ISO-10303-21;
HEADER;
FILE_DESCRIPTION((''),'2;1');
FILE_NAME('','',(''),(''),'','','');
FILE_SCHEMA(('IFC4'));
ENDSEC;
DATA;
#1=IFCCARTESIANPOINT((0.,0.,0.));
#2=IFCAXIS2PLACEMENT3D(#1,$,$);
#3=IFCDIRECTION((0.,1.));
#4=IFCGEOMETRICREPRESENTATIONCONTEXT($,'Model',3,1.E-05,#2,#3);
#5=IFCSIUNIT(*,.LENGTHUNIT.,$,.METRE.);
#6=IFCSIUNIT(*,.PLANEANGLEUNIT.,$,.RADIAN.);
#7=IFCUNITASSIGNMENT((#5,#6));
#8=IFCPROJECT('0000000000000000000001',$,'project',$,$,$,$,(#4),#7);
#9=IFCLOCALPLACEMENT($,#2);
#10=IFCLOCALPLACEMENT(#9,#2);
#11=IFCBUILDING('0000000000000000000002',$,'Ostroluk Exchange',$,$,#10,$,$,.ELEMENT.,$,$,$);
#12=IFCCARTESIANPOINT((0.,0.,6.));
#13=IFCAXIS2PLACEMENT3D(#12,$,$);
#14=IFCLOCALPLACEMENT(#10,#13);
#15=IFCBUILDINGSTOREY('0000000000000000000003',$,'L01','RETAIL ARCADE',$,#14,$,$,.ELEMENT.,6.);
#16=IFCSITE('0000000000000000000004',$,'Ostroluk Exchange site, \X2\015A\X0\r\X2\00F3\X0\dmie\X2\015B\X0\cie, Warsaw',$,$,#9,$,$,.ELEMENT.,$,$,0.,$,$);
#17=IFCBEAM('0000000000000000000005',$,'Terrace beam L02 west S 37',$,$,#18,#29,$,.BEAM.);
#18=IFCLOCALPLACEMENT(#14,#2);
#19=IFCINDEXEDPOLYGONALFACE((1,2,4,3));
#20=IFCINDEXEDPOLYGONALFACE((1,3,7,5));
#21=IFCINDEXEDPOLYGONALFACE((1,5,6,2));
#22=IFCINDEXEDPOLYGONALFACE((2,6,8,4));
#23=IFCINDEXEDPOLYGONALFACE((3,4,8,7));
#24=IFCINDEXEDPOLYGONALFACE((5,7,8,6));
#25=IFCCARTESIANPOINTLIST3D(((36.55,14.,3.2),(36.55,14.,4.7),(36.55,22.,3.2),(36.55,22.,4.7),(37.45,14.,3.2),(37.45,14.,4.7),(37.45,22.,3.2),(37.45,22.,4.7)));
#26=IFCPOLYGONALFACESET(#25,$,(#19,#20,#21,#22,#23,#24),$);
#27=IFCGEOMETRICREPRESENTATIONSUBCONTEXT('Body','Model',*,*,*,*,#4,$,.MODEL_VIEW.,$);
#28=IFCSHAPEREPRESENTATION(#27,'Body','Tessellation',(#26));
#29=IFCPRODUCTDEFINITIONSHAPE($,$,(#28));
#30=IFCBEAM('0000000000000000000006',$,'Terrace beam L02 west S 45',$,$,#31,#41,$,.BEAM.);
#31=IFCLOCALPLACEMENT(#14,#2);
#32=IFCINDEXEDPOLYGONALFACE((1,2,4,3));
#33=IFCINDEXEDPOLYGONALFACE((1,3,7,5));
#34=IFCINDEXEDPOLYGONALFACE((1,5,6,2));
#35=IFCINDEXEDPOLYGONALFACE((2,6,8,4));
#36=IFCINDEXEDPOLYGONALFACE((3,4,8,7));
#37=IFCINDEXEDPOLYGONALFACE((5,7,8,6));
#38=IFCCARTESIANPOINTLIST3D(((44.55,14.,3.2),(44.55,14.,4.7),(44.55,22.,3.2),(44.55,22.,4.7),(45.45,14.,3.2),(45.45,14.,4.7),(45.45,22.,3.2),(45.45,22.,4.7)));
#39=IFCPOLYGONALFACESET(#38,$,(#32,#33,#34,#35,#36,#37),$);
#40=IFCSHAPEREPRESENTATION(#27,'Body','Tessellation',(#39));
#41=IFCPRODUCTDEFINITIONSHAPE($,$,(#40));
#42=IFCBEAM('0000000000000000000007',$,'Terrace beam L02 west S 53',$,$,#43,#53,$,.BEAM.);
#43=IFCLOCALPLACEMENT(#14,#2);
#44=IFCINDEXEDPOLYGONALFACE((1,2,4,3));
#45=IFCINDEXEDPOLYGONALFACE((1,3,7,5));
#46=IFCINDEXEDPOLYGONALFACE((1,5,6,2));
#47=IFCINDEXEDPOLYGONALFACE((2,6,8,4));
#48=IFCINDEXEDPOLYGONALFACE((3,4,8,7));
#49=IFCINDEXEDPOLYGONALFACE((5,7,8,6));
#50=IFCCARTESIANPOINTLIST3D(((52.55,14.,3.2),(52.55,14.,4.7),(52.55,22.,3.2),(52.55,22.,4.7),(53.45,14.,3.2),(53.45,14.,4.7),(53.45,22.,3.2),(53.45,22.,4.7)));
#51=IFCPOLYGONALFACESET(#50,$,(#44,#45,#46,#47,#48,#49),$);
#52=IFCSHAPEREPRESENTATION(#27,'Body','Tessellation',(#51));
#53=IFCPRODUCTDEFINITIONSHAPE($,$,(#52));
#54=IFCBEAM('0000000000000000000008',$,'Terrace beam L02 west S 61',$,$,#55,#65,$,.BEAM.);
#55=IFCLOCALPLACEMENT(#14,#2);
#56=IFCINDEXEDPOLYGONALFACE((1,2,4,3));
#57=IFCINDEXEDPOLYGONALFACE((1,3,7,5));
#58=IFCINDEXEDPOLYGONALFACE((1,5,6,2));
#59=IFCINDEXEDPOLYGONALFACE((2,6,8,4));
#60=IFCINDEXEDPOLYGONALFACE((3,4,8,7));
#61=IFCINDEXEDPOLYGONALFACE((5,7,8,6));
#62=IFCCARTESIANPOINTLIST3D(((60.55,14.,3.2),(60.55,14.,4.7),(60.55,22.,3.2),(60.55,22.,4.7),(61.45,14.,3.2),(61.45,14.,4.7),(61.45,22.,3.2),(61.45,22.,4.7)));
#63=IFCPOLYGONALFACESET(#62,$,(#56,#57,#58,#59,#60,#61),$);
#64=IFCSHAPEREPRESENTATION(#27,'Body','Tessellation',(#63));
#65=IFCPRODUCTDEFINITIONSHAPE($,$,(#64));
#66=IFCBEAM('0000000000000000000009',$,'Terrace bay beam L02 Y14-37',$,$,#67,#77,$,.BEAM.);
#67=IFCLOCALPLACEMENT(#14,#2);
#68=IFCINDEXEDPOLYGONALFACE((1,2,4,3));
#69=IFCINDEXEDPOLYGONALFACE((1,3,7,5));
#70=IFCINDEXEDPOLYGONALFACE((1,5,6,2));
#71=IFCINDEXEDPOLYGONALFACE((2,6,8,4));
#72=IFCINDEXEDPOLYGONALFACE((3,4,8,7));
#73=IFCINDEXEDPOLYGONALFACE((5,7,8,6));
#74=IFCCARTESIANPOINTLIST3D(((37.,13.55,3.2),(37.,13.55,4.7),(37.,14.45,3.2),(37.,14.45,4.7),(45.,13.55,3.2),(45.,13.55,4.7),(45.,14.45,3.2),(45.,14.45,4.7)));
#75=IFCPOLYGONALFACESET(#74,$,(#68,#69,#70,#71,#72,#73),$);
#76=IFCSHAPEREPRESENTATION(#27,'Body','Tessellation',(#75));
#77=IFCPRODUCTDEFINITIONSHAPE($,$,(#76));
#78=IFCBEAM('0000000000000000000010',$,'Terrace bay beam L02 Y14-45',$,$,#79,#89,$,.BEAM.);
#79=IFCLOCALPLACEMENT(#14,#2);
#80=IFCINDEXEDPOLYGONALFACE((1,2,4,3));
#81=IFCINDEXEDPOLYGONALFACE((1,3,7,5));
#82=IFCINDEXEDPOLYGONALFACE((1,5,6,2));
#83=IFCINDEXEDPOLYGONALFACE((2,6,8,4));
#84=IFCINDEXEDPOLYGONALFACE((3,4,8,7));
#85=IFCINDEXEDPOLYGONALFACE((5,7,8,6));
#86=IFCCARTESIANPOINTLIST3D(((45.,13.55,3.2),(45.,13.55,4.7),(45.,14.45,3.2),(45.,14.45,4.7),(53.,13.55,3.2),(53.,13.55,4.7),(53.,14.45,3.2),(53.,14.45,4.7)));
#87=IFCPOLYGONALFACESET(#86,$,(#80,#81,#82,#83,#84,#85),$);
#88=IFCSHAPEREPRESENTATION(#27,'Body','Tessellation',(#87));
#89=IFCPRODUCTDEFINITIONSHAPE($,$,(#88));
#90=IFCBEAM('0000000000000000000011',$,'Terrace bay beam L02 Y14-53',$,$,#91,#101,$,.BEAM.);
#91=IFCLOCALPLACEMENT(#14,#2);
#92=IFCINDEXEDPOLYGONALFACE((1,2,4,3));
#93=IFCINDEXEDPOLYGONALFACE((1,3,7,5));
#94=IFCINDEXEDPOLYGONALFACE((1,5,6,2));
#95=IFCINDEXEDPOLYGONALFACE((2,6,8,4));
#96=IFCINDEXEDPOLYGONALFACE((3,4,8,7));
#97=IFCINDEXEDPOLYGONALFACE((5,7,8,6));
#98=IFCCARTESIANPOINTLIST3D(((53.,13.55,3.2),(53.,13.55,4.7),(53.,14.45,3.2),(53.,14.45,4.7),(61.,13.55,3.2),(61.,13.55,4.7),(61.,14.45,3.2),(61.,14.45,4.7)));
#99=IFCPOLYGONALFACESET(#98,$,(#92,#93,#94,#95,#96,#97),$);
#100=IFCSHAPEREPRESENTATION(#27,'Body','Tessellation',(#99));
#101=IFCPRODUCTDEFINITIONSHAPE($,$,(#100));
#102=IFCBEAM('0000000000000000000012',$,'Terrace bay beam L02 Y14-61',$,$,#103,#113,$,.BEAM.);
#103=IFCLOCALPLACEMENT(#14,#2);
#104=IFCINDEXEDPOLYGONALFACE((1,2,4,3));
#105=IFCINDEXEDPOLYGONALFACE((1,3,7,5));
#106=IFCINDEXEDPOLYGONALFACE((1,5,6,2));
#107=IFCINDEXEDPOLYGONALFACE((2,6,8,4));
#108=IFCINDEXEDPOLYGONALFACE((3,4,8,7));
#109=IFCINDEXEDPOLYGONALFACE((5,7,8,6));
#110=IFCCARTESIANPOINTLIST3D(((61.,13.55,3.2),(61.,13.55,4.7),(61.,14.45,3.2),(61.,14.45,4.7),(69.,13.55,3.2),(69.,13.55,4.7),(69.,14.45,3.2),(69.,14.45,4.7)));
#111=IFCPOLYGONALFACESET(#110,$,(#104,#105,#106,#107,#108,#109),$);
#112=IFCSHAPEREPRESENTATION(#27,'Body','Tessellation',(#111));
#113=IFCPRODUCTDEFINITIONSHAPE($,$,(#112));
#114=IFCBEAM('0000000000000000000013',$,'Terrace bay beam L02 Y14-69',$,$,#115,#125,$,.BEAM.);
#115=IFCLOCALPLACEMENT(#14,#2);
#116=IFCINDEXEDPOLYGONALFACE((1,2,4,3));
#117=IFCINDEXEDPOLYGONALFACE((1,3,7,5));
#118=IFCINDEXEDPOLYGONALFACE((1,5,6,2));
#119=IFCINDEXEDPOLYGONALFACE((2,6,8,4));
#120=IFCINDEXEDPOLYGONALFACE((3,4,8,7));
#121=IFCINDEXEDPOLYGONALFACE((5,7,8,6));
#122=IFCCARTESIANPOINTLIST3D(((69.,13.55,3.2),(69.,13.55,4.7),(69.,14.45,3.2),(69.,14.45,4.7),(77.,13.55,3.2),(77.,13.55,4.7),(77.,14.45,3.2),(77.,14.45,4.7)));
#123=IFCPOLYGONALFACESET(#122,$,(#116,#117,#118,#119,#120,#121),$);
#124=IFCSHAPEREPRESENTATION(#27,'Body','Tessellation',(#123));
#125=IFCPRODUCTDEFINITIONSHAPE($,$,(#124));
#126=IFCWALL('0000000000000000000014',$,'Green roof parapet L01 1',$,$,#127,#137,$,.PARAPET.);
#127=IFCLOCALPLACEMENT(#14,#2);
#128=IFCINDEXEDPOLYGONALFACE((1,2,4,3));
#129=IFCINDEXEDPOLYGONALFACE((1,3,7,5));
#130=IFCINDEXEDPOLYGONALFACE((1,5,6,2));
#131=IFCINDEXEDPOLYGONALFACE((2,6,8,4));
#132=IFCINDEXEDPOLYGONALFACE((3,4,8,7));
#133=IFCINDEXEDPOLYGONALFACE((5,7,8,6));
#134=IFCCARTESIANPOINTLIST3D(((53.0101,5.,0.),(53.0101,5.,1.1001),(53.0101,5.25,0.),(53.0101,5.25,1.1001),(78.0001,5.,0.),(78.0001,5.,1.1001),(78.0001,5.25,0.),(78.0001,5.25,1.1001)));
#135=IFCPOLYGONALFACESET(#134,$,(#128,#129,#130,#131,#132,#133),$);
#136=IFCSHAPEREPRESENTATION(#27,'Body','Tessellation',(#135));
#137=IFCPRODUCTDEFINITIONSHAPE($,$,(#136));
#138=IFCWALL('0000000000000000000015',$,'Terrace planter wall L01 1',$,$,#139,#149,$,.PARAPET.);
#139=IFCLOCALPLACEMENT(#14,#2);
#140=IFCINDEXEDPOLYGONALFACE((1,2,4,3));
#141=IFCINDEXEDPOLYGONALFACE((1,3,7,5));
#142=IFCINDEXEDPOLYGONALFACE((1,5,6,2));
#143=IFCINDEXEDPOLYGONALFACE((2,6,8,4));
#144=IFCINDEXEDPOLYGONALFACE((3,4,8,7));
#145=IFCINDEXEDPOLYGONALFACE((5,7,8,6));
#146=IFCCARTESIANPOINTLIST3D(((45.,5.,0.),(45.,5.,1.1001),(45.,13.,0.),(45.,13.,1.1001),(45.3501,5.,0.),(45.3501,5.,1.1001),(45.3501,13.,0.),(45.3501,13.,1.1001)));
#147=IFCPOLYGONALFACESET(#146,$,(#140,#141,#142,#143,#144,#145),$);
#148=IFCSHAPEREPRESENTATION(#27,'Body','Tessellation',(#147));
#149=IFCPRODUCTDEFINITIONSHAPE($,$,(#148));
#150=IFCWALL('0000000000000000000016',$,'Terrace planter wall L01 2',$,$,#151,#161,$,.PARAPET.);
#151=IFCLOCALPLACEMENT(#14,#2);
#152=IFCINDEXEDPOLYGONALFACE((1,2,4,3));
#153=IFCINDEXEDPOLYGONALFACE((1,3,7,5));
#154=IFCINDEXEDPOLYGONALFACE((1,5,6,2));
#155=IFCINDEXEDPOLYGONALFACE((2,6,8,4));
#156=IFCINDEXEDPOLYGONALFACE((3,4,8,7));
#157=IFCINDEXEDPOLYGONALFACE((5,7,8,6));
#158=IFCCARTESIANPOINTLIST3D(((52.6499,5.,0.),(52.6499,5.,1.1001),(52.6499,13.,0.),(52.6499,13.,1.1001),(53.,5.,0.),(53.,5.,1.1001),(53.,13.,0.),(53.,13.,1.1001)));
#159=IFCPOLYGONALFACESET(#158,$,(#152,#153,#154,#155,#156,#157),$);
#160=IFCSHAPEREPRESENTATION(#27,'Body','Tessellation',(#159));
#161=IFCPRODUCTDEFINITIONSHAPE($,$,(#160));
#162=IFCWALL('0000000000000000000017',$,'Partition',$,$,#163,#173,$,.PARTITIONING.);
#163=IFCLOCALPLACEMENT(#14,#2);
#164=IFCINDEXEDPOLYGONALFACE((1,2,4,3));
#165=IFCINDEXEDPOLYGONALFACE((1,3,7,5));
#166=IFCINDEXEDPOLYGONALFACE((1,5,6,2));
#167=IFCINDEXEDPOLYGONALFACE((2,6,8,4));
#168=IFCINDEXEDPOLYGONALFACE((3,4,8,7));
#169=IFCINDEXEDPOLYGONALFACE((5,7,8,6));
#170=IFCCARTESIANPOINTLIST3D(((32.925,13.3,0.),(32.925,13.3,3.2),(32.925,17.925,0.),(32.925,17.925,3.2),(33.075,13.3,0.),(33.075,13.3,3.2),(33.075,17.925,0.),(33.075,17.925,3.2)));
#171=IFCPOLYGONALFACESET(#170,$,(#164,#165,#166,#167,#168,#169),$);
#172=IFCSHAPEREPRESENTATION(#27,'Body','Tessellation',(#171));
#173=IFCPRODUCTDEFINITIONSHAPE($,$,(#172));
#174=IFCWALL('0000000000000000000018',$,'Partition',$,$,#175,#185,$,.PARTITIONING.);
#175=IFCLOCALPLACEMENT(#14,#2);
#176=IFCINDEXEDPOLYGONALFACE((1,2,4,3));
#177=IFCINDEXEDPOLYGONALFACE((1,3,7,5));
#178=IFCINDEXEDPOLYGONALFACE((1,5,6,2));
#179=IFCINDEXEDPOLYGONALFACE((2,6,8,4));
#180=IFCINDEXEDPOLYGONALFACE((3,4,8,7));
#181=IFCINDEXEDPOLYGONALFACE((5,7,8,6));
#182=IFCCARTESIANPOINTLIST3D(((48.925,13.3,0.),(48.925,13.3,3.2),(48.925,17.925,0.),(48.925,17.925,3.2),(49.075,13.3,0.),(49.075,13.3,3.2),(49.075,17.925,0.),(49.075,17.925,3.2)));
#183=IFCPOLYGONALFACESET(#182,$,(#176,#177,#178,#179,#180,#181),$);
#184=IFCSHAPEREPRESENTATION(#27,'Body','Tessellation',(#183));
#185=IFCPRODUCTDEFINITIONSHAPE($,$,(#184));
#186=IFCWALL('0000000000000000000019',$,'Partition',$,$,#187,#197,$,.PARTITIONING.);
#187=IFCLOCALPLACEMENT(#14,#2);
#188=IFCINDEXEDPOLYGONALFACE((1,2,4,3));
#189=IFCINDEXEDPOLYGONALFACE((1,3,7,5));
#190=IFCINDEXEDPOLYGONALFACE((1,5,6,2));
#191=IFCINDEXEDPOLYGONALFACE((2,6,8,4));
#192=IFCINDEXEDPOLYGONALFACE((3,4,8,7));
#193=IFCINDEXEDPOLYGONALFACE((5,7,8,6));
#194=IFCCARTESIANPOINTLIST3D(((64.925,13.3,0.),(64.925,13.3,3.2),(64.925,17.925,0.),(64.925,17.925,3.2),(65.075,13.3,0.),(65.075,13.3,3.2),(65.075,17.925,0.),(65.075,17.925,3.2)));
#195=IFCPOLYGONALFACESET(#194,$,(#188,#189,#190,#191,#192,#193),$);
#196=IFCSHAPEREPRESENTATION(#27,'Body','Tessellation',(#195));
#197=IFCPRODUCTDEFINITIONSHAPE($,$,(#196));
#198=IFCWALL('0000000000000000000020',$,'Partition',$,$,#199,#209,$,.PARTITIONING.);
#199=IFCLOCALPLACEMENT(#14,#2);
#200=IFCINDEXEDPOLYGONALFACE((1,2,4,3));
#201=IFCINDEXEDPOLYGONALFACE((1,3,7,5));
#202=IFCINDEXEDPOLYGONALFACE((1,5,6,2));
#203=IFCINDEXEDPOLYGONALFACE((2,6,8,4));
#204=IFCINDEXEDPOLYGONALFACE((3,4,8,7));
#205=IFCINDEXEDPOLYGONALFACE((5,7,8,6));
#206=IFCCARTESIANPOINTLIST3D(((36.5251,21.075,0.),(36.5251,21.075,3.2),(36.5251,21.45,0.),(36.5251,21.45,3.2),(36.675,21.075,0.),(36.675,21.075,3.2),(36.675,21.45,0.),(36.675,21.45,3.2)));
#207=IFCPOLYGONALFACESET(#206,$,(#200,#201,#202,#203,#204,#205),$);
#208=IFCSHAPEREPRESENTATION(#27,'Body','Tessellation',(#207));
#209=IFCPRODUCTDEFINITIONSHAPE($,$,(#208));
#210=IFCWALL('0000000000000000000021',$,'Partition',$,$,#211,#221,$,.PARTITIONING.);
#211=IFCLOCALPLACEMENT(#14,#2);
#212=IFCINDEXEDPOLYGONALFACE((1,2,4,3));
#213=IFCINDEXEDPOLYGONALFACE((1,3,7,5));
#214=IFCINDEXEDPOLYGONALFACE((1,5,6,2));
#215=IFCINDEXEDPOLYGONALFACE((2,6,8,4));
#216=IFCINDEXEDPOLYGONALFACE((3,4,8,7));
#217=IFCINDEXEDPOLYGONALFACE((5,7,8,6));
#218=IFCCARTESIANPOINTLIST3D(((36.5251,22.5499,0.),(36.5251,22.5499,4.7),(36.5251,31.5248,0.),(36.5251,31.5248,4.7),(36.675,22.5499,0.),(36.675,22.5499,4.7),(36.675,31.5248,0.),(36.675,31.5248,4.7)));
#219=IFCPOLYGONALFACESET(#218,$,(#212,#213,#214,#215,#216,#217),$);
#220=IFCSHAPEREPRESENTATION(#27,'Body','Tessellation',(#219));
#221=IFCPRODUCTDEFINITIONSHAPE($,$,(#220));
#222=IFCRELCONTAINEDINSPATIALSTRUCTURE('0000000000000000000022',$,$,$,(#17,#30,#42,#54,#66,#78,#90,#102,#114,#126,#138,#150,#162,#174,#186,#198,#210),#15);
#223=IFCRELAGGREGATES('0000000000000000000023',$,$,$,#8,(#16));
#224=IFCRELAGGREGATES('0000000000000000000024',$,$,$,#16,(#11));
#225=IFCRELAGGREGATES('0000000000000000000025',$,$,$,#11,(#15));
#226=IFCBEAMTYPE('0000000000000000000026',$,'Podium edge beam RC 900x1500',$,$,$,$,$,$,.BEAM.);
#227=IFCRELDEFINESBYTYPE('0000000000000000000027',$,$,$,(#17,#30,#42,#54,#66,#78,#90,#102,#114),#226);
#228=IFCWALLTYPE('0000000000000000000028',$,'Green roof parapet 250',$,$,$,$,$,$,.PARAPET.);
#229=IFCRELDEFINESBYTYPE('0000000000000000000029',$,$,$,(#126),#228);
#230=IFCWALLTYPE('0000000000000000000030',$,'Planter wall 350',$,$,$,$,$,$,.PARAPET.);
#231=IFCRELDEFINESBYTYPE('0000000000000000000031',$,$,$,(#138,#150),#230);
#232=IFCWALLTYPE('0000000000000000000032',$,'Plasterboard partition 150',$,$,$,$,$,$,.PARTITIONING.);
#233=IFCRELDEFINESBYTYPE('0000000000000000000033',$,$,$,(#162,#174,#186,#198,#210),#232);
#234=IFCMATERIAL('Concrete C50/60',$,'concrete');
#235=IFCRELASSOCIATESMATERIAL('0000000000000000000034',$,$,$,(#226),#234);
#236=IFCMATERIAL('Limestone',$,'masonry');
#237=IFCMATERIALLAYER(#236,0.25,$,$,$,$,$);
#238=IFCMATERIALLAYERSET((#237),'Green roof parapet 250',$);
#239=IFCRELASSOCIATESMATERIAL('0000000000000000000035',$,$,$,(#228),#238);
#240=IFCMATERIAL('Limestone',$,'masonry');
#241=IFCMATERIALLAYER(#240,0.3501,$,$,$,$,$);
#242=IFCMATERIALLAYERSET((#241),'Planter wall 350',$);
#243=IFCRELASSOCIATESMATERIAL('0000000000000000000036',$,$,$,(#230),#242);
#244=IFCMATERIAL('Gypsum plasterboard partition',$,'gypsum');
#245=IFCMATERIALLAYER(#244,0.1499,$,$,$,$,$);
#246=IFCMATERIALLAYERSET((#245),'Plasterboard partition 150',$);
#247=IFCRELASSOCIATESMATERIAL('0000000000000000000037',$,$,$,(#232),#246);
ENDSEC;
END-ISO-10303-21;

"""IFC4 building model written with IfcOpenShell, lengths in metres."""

from ifc_helpers import new_model, si_unit, direction, frame, frame_2d, origin, origin_2d, place, context, subcontext, project, spatial, rectangle, extrude, material, layer, layer_set, material_profile, profile_set, type_object, element, save


model = new_model("IFC4")

# Units and contexts
model_context = context("Model", 3, precision=1e-05, world=origin(), true_north=direction((0.0, 1.0)))
body_context = subcontext(model_context, "Body", "Model", "MODEL_VIEW")
ifc_project = project(units=[si_unit("LENGTHUNIT", "METRE"), si_unit("PLANEANGLEUNIT", "RADIAN")], contexts=[model_context])

# Site, building, storey
site_placement = place(None, origin())
site = spatial("IfcSite", under=ifc_project, at=site_placement, Name="Ostroluk Exchange site, Śródmieście, Warsaw", CompositionType="ELEMENT", RefElevation=0.0)
building_placement = place(site_placement, origin())
building = spatial("IfcBuilding", under=site, at=building_placement, Name="Ostroluk Exchange", CompositionType="ELEMENT")
storey_placement = place(building_placement, frame((0.0, 0.0, 6.0)))
storey = spatial("IfcBuildingStorey", under=building, at=storey_placement, Name="L01", Description="RETAIL ARCADE", CompositionType="ELEMENT", Elevation=6.0)

# Beams
ifc_material_1 = material(Name="Concrete C50/60", Category="concrete")
ifc_material_profile_1 = material_profile(ifc_material_1, rectangle(XDim=0.8999, YDim=1.5, at=origin_2d()), Name="RC 900x1500")
ifc_profile_set_1 = profile_set([ifc_material_profile_1], Name="Concrete C50/60")
beam_type_1 = type_object("IfcBeamType", Name="Podium edge beam RC 900x1500", PredefinedType="BEAM", material=ifc_profile_set_1)
for number, where, z_axis, x_axis, name in (
    (1, (37.0, 14.0, 3.95), (0.0, 1.0, 0.0), (-1.0, 0.0, 0.0), "Terrace beam L02 west S 37"),
    (2, (45.0, 14.0, 3.95), (0.0, 1.0, 0.0), (-1.0, 0.0, 0.0), "Terrace beam L02 west S 45"),
    (3, (53.0, 14.0, 3.95), (0.0, 1.0, 0.0), (-1.0, 0.0, 0.0), "Terrace beam L02 west S 53"),
    (4, (61.0, 14.0, 3.95), (0.0, 1.0, 0.0), (-1.0, 0.0, 0.0), "Terrace beam L02 west S 61"),
    (5, (37.0, 14.0, 3.95), (1.0, 0.0, 0.0), (0.0, 1.0, 0.0), "Terrace bay beam L02 Y14-37"),
    (6, (45.0, 14.0, 3.95), (1.0, 0.0, 0.0), (0.0, 1.0, 0.0), "Terrace bay beam L02 Y14-45"),
    (7, (53.0, 14.0, 3.95), (1.0, 0.0, 0.0), (0.0, 1.0, 0.0), "Terrace bay beam L02 Y14-53"),
    (8, (61.0, 14.0, 3.95), (1.0, 0.0, 0.0), (0.0, 1.0, 0.0), "Terrace bay beam L02 Y14-61"),
    (9, (69.0, 14.0, 3.95), (1.0, 0.0, 0.0), (0.0, 1.0, 0.0), "Terrace bay beam L02 Y14-69"),
):
    element("IfcBeam", number, at=place(storey_placement, frame(where, z_axis=z_axis, x_axis=x_axis)), inside=storey, type_object=beam_type_1, Name=name, PredefinedType="BEAM", context=body_context, shape_type="SweptSolid", body=[
        extrude(rectangle(XDim=0.8999, YDim=1.5, at=origin_2d()), origin(), (0.0, 0.0, 1.0), 8.0),
    ])

# Walls
ifc_material_2 = material(Name="Limestone", Category="masonry")
ifc_layer_1 = layer(ifc_material_2, 0.25)
ifc_layer_set_1 = layer_set([ifc_layer_1], Name="Green roof parapet 250")
wall_type_1 = type_object("IfcWallType", Name="Green roof parapet 250", PredefinedType="PARAPET", material=ifc_layer_set_1)
wall_1_placement = place(storey_placement, frame((53.01, 5.125, 0.0), z_axis=(0.0, 0.0, 1.0), x_axis=(1.0, 0.0, 0.0)))
element("IfcWall", 10, at=wall_1_placement, inside=storey, type_object=wall_type_1, Name="Green roof parapet L01 1", PredefinedType="PARAPET", context=body_context, shape_type="SweptSolid", body=[
    extrude(rectangle(XDim=24.99, YDim=0.25, at=frame_2d((12.4951, 0.0))), origin(), (0.0, 0.0, 1.0), 1.1001),
])
ifc_material_3 = material(Name="Limestone", Category="masonry")
ifc_layer_2 = layer(ifc_material_3, 0.3501)
ifc_layer_set_2 = layer_set([ifc_layer_2], Name="Planter wall 350")
wall_type_2 = type_object("IfcWallType", Name="Planter wall 350", PredefinedType="PARAPET", material=ifc_layer_set_2)
for number, where, z_axis, x_axis, name in (
    (11, (45.175, 5.0, 0.0), (0.0, 0.0, 1.0), (0.0, 1.0, 0.0), "Terrace planter wall L01 1"),
    (12, (52.825, 5.0, 0.0), (0.0, 0.0, 1.0), (0.0, 1.0, 0.0), "Terrace planter wall L01 2"),
):
    element("IfcWall", number, at=place(storey_placement, frame(where, z_axis=z_axis, x_axis=x_axis)), inside=storey, type_object=wall_type_2, Name=name, PredefinedType="PARAPET", context=body_context, shape_type="SweptSolid", body=[
        extrude(rectangle(XDim=8.0, YDim=0.3501, at=frame_2d((4.0, 0.0))), origin(), (0.0, 0.0, 1.0), 1.1001),
    ])
ifc_material_4 = material(Name="Gypsum plasterboard partition", Category="gypsum")
ifc_layer_3 = layer(ifc_material_4, 0.1499)
ifc_layer_set_3 = layer_set([ifc_layer_3], Name="Plasterboard partition 150")
wall_type_3 = type_object("IfcWallType", Name="Plasterboard partition 150", PredefinedType="PARTITIONING", material=ifc_layer_set_3)
for number, where, z_axis, x_axis, name in (
    (13, (33.0, 17.925, 0.0), (0.0, 0.0, 1.0), (0.0, -1.0, 0.0), "Partition"),
    (14, (49.0, 17.925, 0.0), (0.0, 0.0, 1.0), (0.0, -1.0, 0.0), "Partition"),
    (15, (65.0, 17.925, 0.0), (0.0, 0.0, 1.0), (0.0, -1.0, 0.0), "Partition"),
):
    element("IfcWall", number, at=place(storey_placement, frame(where, z_axis=z_axis, x_axis=x_axis)), inside=storey, type_object=wall_type_3, Name=name, PredefinedType="PARTITIONING", context=body_context, shape_type="SweptSolid", body=[
        extrude(rectangle(XDim=4.625, YDim=0.1499, at=frame_2d((2.3125, 0.0))), origin(), (0.0, 0.0, 1.0), 3.2),
    ])
wall_2_placement = place(storey_placement, frame((36.6001, 21.075, 0.0), z_axis=(0.0, 0.0, 1.0), x_axis=(0.0, 1.0, 0.0)))
element("IfcWall", 16, at=wall_2_placement, inside=storey, type_object=wall_type_3, Name="Partition", PredefinedType="PARTITIONING", context=body_context, shape_type="SweptSolid", body=[
    extrude(rectangle(XDim=0.375, YDim=0.1499, at=frame_2d((0.1875, 0.0))), origin(), (0.0, 0.0, 1.0), 3.2),
])
wall_3_placement = place(storey_placement, frame((36.6001, 22.55, 0.0), z_axis=(0.0, 0.0, 1.0), x_axis=(0.0, 1.0, 0.0)))
element("IfcWall", 17, at=wall_3_placement, inside=storey, type_object=wall_type_3, Name="Partition", PredefinedType="PARTITIONING", context=body_context, shape_type="SweptSolid", body=[
    extrude(rectangle(XDim=8.9749, YDim=0.1499, at=frame_2d((4.4873, 0.0))), origin(), (0.0, 0.0, 1.0), 4.7),
])

save(model, "model.ifc")
